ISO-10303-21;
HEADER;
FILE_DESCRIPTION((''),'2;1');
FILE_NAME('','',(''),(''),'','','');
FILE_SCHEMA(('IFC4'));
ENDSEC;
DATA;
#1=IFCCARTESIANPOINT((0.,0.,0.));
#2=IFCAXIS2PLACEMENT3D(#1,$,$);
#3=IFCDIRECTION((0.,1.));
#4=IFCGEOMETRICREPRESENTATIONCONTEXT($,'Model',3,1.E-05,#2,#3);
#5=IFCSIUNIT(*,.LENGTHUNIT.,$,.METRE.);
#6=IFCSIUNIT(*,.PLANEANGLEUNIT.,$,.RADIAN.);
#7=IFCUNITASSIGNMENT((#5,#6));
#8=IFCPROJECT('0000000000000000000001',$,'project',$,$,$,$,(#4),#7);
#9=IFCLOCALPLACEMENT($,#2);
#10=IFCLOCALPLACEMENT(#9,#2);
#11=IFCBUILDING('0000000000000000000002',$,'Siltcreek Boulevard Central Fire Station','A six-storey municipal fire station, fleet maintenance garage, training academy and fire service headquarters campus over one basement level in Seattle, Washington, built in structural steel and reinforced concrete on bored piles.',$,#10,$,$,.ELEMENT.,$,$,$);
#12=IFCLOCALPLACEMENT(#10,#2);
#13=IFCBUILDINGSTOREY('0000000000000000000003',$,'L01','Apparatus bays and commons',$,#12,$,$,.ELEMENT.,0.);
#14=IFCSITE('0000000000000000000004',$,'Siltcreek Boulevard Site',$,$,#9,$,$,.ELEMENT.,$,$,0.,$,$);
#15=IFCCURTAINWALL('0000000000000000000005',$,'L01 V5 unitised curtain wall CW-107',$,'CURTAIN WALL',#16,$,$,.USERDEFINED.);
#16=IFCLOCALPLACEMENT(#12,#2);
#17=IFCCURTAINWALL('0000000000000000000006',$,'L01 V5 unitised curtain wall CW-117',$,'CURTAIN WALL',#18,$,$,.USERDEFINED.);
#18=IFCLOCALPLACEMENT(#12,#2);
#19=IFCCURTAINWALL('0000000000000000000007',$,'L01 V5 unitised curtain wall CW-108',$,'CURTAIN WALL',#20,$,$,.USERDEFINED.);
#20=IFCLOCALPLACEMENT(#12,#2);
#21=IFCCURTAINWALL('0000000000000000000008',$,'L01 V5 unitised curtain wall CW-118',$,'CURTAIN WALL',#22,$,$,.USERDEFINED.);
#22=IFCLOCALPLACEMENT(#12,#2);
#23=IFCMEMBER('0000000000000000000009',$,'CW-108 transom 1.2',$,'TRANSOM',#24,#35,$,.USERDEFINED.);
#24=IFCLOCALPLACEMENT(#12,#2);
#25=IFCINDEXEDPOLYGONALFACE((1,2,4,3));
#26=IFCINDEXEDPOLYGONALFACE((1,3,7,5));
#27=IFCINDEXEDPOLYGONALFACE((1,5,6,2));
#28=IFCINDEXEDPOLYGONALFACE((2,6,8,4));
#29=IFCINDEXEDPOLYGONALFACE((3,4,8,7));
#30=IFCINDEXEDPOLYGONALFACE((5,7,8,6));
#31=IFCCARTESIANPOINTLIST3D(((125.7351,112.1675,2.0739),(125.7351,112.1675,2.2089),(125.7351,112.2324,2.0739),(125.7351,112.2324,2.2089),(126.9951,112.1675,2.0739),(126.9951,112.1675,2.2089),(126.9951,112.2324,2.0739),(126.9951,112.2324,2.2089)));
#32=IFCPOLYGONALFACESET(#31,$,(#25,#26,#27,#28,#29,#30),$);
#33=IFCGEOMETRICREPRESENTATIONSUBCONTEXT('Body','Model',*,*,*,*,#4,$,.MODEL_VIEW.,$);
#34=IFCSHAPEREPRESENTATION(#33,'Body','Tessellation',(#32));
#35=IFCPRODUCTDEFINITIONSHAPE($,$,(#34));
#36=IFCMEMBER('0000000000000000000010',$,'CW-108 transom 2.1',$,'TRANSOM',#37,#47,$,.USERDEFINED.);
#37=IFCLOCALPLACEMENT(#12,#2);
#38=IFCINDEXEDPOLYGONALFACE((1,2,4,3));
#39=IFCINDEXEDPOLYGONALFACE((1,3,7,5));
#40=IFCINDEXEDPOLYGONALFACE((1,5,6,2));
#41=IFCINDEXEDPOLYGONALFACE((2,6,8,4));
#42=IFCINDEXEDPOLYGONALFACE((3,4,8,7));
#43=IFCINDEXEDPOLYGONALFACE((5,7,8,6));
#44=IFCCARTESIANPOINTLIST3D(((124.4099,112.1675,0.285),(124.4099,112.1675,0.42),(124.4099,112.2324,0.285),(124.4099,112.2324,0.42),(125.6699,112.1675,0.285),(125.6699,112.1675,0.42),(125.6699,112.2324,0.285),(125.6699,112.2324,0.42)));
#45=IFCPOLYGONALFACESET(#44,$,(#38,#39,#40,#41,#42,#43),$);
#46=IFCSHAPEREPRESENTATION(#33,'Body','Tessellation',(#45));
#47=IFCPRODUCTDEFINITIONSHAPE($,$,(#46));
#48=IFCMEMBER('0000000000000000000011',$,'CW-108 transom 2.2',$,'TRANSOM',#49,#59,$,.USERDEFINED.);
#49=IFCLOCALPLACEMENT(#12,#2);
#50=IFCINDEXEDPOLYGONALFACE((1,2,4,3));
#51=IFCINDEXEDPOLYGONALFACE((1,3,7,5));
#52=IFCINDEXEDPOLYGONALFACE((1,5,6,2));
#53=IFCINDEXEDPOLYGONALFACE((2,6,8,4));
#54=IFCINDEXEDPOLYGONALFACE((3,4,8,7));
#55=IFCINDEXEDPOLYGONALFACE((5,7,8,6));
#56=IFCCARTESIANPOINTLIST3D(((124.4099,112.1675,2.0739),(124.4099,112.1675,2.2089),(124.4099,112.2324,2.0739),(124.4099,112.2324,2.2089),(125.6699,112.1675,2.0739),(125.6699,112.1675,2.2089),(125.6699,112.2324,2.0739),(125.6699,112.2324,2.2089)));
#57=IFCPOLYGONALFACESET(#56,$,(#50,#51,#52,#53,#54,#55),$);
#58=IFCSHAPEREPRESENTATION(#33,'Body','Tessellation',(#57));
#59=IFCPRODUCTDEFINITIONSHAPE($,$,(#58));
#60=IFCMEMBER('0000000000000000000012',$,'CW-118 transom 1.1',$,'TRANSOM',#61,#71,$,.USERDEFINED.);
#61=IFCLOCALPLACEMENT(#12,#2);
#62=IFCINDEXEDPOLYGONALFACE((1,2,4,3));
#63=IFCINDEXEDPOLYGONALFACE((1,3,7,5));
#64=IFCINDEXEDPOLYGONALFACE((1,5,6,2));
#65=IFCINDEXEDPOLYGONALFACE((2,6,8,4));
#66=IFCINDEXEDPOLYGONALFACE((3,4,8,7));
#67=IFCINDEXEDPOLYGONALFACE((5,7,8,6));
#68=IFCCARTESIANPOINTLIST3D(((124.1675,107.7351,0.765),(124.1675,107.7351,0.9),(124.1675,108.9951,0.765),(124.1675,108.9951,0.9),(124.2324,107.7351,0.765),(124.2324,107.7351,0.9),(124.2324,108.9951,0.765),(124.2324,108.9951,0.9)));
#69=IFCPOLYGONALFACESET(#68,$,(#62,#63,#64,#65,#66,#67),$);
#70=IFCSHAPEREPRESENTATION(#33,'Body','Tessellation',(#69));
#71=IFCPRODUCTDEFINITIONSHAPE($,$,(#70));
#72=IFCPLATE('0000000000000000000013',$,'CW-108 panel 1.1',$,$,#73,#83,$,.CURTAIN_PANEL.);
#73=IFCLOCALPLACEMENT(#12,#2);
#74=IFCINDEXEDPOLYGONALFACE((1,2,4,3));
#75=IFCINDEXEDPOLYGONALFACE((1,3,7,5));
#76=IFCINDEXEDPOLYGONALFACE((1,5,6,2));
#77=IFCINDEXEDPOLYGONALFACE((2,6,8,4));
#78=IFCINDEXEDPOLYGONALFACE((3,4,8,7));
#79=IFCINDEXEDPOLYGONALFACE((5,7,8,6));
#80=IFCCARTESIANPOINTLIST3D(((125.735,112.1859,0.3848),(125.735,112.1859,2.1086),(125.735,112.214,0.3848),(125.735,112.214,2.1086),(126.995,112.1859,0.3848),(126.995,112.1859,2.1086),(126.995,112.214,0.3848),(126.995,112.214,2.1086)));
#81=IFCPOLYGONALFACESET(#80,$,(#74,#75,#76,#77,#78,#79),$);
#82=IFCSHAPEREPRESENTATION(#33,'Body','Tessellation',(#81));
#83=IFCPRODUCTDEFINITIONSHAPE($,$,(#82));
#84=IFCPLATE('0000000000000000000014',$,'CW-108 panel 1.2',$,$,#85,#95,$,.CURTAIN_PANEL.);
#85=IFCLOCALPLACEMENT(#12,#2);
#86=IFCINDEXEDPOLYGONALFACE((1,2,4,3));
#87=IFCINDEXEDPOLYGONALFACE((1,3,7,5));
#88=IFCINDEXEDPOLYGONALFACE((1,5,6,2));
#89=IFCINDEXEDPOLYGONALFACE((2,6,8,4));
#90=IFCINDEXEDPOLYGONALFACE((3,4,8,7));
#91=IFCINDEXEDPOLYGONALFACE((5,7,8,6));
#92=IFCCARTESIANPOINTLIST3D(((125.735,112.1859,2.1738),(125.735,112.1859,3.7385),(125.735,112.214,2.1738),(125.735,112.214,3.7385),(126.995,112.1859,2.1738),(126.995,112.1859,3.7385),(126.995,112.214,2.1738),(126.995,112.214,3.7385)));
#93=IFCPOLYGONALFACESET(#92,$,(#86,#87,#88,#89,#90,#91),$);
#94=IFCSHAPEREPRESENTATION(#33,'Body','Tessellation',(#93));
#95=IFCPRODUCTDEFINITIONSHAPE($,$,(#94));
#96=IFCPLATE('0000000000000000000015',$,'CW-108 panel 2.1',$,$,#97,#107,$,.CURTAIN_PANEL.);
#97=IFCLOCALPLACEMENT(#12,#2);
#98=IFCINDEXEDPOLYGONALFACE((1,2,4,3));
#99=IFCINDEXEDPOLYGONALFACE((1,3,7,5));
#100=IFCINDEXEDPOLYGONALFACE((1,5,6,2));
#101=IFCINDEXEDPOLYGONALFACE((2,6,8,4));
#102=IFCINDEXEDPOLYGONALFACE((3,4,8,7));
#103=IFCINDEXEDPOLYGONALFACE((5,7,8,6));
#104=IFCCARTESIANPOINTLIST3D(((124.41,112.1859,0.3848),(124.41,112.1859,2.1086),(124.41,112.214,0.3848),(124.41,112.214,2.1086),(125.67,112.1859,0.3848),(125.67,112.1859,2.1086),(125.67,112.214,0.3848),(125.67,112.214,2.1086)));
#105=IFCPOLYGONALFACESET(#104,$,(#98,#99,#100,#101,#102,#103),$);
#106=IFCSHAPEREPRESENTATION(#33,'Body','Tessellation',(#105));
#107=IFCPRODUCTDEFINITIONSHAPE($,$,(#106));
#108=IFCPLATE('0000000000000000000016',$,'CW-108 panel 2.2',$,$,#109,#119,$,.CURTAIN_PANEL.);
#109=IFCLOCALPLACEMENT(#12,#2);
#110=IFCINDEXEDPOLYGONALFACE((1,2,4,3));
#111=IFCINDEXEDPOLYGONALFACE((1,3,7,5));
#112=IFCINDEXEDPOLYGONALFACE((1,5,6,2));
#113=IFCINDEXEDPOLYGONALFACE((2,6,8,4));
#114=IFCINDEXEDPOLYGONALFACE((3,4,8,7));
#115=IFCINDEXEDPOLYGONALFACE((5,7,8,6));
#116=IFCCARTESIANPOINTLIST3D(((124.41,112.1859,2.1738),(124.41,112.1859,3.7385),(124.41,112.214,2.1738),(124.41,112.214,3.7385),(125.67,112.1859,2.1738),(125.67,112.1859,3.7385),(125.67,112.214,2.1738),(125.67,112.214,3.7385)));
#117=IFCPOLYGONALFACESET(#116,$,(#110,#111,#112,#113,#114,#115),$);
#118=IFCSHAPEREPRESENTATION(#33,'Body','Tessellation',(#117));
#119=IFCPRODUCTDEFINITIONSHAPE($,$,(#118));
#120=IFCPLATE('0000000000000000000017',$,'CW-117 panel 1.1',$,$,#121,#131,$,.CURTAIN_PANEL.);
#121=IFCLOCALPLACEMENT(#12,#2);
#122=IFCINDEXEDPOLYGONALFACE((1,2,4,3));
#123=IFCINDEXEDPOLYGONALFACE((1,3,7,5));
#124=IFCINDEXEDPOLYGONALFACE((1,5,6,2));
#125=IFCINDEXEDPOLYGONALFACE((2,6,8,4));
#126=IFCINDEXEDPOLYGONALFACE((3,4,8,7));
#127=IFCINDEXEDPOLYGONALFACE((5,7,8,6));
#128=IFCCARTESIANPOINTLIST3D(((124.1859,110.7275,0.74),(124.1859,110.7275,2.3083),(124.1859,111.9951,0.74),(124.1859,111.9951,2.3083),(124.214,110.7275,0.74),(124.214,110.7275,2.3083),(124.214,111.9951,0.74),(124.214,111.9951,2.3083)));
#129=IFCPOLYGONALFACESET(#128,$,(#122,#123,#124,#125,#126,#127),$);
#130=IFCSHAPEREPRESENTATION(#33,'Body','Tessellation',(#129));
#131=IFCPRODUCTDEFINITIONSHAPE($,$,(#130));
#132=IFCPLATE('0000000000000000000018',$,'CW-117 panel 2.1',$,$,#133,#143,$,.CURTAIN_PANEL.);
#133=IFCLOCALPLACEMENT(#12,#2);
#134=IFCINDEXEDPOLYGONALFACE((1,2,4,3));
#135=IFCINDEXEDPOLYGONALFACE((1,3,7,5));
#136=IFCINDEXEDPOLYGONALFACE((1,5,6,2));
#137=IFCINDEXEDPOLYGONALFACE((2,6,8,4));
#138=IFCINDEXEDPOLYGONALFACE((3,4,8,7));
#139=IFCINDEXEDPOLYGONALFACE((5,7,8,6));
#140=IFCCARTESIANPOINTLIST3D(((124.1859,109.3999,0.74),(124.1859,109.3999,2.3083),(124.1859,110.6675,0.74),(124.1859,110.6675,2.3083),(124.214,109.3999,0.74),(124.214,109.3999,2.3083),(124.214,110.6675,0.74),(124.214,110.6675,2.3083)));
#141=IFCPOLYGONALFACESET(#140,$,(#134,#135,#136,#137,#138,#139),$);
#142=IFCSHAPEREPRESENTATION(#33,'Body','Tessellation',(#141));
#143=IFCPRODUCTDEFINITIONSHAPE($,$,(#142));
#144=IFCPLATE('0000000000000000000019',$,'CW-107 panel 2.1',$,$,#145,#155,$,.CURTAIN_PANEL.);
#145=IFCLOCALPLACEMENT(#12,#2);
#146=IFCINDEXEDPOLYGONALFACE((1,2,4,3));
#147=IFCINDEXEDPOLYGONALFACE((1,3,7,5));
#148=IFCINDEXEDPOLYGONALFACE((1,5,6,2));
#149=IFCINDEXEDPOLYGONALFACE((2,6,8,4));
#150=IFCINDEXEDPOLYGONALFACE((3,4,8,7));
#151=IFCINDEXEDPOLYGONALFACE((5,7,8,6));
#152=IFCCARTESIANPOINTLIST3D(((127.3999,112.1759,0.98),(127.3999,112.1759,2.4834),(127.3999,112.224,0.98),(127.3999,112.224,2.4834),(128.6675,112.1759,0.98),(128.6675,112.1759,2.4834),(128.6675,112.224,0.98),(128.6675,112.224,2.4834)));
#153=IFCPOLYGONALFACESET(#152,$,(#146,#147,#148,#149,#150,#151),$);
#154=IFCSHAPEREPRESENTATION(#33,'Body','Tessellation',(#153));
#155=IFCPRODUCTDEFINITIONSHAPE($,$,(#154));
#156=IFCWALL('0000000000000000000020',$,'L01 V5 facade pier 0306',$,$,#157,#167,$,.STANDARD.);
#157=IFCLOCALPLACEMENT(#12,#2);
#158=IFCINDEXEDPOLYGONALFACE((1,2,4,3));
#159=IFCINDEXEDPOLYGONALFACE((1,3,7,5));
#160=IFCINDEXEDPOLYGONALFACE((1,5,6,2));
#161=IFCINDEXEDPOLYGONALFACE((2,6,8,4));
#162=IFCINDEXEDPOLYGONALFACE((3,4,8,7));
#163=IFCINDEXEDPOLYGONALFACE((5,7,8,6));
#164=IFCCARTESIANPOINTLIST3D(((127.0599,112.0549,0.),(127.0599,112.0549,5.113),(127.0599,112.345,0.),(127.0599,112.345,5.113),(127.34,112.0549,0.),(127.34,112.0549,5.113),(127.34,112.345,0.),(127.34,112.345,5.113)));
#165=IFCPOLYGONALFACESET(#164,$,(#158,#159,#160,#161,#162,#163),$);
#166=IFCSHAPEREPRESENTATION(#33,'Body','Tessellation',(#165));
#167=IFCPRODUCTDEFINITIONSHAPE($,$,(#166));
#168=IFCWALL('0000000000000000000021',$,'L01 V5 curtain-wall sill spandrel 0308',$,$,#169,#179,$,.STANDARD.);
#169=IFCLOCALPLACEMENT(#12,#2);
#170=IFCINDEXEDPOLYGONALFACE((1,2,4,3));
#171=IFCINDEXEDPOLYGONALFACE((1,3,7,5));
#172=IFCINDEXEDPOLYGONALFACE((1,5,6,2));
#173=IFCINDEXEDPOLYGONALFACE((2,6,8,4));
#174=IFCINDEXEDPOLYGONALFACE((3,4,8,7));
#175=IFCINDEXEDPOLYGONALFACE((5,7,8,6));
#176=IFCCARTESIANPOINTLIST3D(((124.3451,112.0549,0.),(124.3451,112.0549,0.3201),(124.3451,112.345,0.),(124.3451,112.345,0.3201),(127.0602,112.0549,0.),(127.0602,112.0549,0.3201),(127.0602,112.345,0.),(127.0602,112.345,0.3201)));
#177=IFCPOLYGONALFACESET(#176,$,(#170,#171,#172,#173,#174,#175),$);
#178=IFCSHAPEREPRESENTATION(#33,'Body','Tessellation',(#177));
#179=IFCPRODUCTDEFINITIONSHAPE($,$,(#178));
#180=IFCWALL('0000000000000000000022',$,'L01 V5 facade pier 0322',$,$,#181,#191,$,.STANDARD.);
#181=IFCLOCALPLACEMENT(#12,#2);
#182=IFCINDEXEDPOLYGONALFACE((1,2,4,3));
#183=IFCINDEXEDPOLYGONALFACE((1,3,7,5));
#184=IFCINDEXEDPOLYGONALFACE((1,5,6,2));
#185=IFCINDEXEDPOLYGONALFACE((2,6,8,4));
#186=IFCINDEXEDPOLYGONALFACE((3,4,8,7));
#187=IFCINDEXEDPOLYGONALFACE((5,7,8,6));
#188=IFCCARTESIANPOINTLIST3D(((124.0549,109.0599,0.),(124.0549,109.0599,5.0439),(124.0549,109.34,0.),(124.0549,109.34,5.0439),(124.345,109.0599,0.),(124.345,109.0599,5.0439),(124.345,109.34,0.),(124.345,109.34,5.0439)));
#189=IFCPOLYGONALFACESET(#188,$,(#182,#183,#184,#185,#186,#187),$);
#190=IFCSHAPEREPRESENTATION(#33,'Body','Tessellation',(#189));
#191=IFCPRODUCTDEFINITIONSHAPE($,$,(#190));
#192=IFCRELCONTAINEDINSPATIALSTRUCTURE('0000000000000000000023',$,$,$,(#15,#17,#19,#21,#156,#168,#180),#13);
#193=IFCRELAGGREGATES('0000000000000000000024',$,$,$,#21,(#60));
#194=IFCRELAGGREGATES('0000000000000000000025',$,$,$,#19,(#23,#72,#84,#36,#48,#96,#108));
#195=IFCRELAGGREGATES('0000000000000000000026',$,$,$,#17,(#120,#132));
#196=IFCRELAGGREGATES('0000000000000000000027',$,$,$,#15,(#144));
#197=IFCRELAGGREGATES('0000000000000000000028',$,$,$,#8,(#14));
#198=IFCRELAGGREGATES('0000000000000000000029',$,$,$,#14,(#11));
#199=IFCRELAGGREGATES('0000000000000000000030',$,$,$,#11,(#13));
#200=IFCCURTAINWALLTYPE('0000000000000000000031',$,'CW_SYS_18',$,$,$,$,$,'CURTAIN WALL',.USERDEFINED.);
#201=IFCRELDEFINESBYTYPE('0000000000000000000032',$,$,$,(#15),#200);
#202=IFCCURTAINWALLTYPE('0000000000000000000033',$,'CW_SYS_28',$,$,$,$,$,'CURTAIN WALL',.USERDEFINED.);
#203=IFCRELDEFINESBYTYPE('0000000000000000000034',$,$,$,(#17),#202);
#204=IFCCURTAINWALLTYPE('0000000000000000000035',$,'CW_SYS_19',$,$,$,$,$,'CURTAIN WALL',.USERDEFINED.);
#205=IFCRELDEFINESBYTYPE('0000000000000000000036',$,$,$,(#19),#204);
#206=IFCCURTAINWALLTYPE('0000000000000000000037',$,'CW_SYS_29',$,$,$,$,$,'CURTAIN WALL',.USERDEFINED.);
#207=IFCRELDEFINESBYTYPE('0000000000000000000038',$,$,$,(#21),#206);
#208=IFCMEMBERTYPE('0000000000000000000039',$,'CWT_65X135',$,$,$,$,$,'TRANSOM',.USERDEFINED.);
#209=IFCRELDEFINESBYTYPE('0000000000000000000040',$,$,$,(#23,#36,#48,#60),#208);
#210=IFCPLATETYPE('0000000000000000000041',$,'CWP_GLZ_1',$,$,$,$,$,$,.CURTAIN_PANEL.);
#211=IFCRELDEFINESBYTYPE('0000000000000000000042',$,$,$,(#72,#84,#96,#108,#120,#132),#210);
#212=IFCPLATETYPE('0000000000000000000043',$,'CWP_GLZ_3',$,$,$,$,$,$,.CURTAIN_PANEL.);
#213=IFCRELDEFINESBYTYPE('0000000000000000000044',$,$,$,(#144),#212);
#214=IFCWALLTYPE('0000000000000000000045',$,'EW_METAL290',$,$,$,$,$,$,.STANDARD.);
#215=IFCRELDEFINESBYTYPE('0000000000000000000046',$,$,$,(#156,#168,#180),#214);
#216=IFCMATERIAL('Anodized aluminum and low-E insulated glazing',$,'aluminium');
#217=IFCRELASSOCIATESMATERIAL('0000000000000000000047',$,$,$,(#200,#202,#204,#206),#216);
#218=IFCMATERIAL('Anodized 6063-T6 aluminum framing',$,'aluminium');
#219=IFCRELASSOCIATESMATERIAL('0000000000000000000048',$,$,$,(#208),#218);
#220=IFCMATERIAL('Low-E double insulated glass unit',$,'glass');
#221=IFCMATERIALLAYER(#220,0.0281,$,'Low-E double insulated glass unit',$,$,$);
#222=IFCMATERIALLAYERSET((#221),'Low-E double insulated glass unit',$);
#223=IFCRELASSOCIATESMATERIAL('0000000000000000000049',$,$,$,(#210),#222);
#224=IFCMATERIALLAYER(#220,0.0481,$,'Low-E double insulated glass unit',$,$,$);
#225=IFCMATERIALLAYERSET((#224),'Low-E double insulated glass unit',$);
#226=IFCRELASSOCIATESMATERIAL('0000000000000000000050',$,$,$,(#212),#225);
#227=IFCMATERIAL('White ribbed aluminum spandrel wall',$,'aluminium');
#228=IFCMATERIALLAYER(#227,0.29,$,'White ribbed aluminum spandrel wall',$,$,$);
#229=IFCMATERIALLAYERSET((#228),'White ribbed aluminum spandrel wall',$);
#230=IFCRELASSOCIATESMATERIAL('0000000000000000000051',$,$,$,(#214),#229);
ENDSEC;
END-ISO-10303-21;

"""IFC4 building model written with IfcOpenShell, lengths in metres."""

from ifc_helpers import new_model, si_unit, direction, frame, frame_2d, origin, origin_2d, place, context, subcontext, project, spatial, rectangle, extrude, material, layer, layer_set, material_profile, profile_set, type_object, element, aggregate, save


model = new_model("IFC4")

# Units and contexts
model_context = context("Model", 3, precision=1e-05, world=origin(), true_north=direction((0.0, 1.0)))
body_context = subcontext(model_context, "Body", "Model", "MODEL_VIEW")
ifc_project = project(units=[si_unit("LENGTHUNIT", "METRE"), si_unit("PLANEANGLEUNIT", "RADIAN")], contexts=[model_context])

# Site, building, storey
site_placement = place(None, origin())
site = spatial("IfcSite", under=ifc_project, at=site_placement, Name="Siltcreek Boulevard Site", CompositionType="ELEMENT", RefElevation=0.0)
building_placement = place(site_placement, origin())
building = spatial("IfcBuilding", under=site, at=building_placement, Name="Siltcreek Boulevard Central Fire Station", Description="A six-storey municipal fire station, fleet maintenance garage, training academy and fire service headquarters campus over one basement level in Seattle, Washington, built in structural steel and reinforced concrete on bored piles.", CompositionType="ELEMENT")
storey_placement = place(building_placement, origin())
storey = spatial("IfcBuildingStorey", under=building, at=storey_placement, Name="L01", Description="Apparatus bays and commons", CompositionType="ELEMENT", Elevation=0.0)

# Curtain wall
ifc_material_1 = material(Name="Anodized aluminum and low-E insulated glazing", Category="aluminium")
curtain_wall_type_1 = type_object("IfcCurtainWallType", Name="CW_SYS_18", ElementType="CURTAIN WALL", PredefinedType="USERDEFINED", material=ifc_material_1)
curtain_wall_1_placement = place(storey_placement, origin())
curtain_wall_1 = element("IfcCurtainWall", 1, at=curtain_wall_1_placement, inside=storey, type_object=curtain_wall_type_1, Name="L01 V5 unitised curtain wall CW-107", ObjectType="CURTAIN WALL", PredefinedType="USERDEFINED")
ifc_material_2 = material(Name="Anodized 6063-T6 aluminum framing", Category="aluminium")

# Curtain walls
curtain_wall_type_2 = type_object("IfcCurtainWallType", Name="CW_SYS_28", ElementType="CURTAIN WALL", PredefinedType="USERDEFINED", material=ifc_material_1)
curtain_wall_2_placement = place(storey_placement, origin())
curtain_wall_2 = element("IfcCurtainWall", 2, at=curtain_wall_2_placement, inside=storey, type_object=curtain_wall_type_2, Name="L01 V5 unitised curtain wall CW-117", ObjectType="CURTAIN WALL", PredefinedType="USERDEFINED")
curtain_wall_type_3 = type_object("IfcCurtainWallType", Name="CW_SYS_19", ElementType="CURTAIN WALL", PredefinedType="USERDEFINED", material=ifc_material_1)
curtain_wall_3_placement = place(storey_placement, origin())
curtain_wall_3 = element("IfcCurtainWall", 3, at=curtain_wall_3_placement, inside=storey, type_object=curtain_wall_type_3, Name="L01 V5 unitised curtain wall CW-108", ObjectType="CURTAIN WALL", PredefinedType="USERDEFINED")

# Curtain wall
curtain_wall_type_4 = type_object("IfcCurtainWallType", Name="CW_SYS_29", ElementType="CURTAIN WALL", PredefinedType="USERDEFINED", material=ifc_material_1)
curtain_wall_4_placement = place(storey_placement, origin())
curtain_wall_4 = element("IfcCurtainWall", 4, at=curtain_wall_4_placement, inside=storey, type_object=curtain_wall_type_4, Name="L01 V5 unitised curtain wall CW-118", ObjectType="CURTAIN WALL", PredefinedType="USERDEFINED")

# Members
ifc_material_profile_1 = material_profile(ifc_material_2, rectangle(XDim=0.0649, YDim=0.135, at=origin_2d()), Name="TRAN65X135")
ifc_profile_set_1 = profile_set([ifc_material_profile_1], Name="Anodized 6063-T6 aluminum framing")
member_type_1 = type_object("IfcMemberType", Name="CWT_65X135", ElementType="TRANSOM", PredefinedType="USERDEFINED", material=ifc_profile_set_1)
member_1_placement = place(storey_placement, frame((126.9951, 112.2, 2.1414), z_axis=(-1.0, 0.0, 0.0), x_axis=(0.0, -1.0, 0.0)))
member_1 = element("IfcMember", 5, at=member_1_placement, type_object=member_type_1, Name="CW-108 transom 1.2", ObjectType="TRANSOM", PredefinedType="USERDEFINED", context=body_context, shape_type="SweptSolid", body=[
    extrude(rectangle(XDim=0.0649, YDim=0.135, at=origin_2d()), origin(), (0.0, 0.0, 1.0), 1.26),
])
member_2_placement = place(storey_placement, frame((125.6699, 112.2, 0.3525), z_axis=(-1.0, 0.0, 0.0), x_axis=(0.0, -1.0, 0.0)))
member_2 = element("IfcMember", 6, at=member_2_placement, type_object=member_type_1, Name="CW-108 transom 2.1", ObjectType="TRANSOM", PredefinedType="USERDEFINED", context=body_context, shape_type="SweptSolid", body=[
    extrude(rectangle(XDim=0.0649, YDim=0.135, at=origin_2d()), origin(), (0.0, 0.0, 1.0), 1.26),
])
member_3_placement = place(storey_placement, frame((125.6699, 112.2, 2.1414), z_axis=(-1.0, 0.0, 0.0), x_axis=(0.0, -1.0, 0.0)))
member_3 = element("IfcMember", 7, at=member_3_placement, type_object=member_type_1, Name="CW-108 transom 2.2", ObjectType="TRANSOM", PredefinedType="USERDEFINED", context=body_context, shape_type="SweptSolid", body=[
    extrude(rectangle(XDim=0.0649, YDim=0.135, at=origin_2d()), origin(), (0.0, 0.0, 1.0), 1.26),
])
member_4_placement = place(storey_placement, frame((124.2, 108.9951, 0.8325), z_axis=(0.0, -1.0, 0.0), x_axis=(1.0, 0.0, 0.0)))
member_4 = element("IfcMember", 8, at=member_4_placement, type_object=member_type_1, Name="CW-118 transom 1.1", ObjectType="TRANSOM", PredefinedType="USERDEFINED", context=body_context, shape_type="SweptSolid", body=[
    extrude(rectangle(XDim=0.0649, YDim=0.135, at=origin_2d()), origin(), (0.0, 0.0, 1.0), 1.26),
])
aggregate(curtain_wall_4, [member_4])

# Plates
ifc_material_3 = material(Name="Low-E double insulated glass unit", Category="glass")
ifc_layer_1 = layer(ifc_material_3, 0.0281, Name="Low-E double insulated glass unit")
ifc_layer_set_1 = layer_set([ifc_layer_1], Name="Low-E double insulated glass unit")
plate_type_1 = type_object("IfcPlateType", Name="CWP_GLZ_1", PredefinedType="CURTAIN_PANEL", material=ifc_layer_set_1)
plate_1_placement = place(storey_placement, frame((126.365, 112.2, 0.3848), z_axis=(0.0, 0.0, 1.0), x_axis=(-1.0, 0.0, 0.0)))
plate_1 = element("IfcPlate", 9, at=plate_1_placement, type_object=plate_type_1, Name="CW-108 panel 1.1", PredefinedType="CURTAIN_PANEL", context=body_context, shape_type="SweptSolid", body=[
    extrude(rectangle(XDim=1.26, YDim=0.0281, at=origin_2d()), origin(), (0.0, 0.0, 1.0), 1.7239),
])
plate_2_placement = place(storey_placement, frame((126.365, 112.2, 2.1738), z_axis=(0.0, 0.0, 1.0), x_axis=(-1.0, 0.0, 0.0)))
plate_2 = element("IfcPlate", 10, at=plate_2_placement, type_object=plate_type_1, Name="CW-108 panel 1.2", PredefinedType="CURTAIN_PANEL", context=body_context, shape_type="SweptSolid", body=[
    extrude(rectangle(XDim=1.26, YDim=0.0281, at=origin_2d()), origin(), (0.0, 0.0, 1.0), 1.5647),
])
plate_3_placement = place(storey_placement, frame((125.04, 112.2, 0.3848), z_axis=(0.0, 0.0, 1.0), x_axis=(-1.0, 0.0, 0.0)))
plate_3 = element("IfcPlate", 11, at=plate_3_placement, type_object=plate_type_1, Name="CW-108 panel 2.1", PredefinedType="CURTAIN_PANEL", context=body_context, shape_type="SweptSolid", body=[
    extrude(rectangle(XDim=1.26, YDim=0.0281, at=origin_2d()), origin(), (0.0, 0.0, 1.0), 1.7239),
])
plate_4_placement = place(storey_placement, frame((125.04, 112.2, 2.1738), z_axis=(0.0, 0.0, 1.0), x_axis=(-1.0, 0.0, 0.0)))
plate_4 = element("IfcPlate", 12, at=plate_4_placement, type_object=plate_type_1, Name="CW-108 panel 2.2", PredefinedType="CURTAIN_PANEL", context=body_context, shape_type="SweptSolid", body=[
    extrude(rectangle(XDim=1.26, YDim=0.0281, at=origin_2d()), origin(), (0.0, 0.0, 1.0), 1.5647),
])
aggregate(curtain_wall_3, [member_1, plate_1, plate_2, member_2, member_3, plate_3, plate_4])
plate_5_placement = place(storey_placement, frame((124.2, 111.3613, 0.74), z_axis=(0.0, 0.0, 1.0), x_axis=(0.0, -1.0, 0.0)))
plate_5 = element("IfcPlate", 13, at=plate_5_placement, type_object=plate_type_1, Name="CW-117 panel 1.1", PredefinedType="CURTAIN_PANEL", context=body_context, shape_type="SweptSolid", body=[
    extrude(rectangle(XDim=1.2676, YDim=0.0281, at=origin_2d()), origin(), (0.0, 0.0, 1.0), 1.5684),
])
plate_6_placement = place(storey_placement, frame((124.2, 110.0337, 0.74), z_axis=(0.0, 0.0, 1.0), x_axis=(0.0, -1.0, 0.0)))
plate_6 = element("IfcPlate", 14, at=plate_6_placement, type_object=plate_type_1, Name="CW-117 panel 2.1", PredefinedType="CURTAIN_PANEL", context=body_context, shape_type="SweptSolid", body=[
    extrude(rectangle(XDim=1.2676, YDim=0.0281, at=origin_2d()), origin(), (0.0, 0.0, 1.0), 1.5684),
])
aggregate(curtain_wall_2, [plate_5, plate_6])
ifc_layer_2 = layer(ifc_material_3, 0.0481, Name="Low-E double insulated glass unit")
ifc_layer_set_2 = layer_set([ifc_layer_2], Name="Low-E double insulated glass unit")
plate_type_2 = type_object("IfcPlateType", Name="CWP_GLZ_3", PredefinedType="CURTAIN_PANEL", material=ifc_layer_set_2)
plate_7_placement = place(storey_placement, frame((128.0337, 112.2, 0.98), z_axis=(0.0, 0.0, 1.0), x_axis=(-1.0, 0.0, 0.0)))
plate_7 = element("IfcPlate", 15, at=plate_7_placement, type_object=plate_type_2, Name="CW-107 panel 2.1", PredefinedType="CURTAIN_PANEL", context=body_context, shape_type="SweptSolid", body=[
    extrude(rectangle(XDim=1.2676, YDim=0.0481, at=origin_2d()), origin(), (0.0, 0.0, 1.0), 1.5034),
])
aggregate(curtain_wall_1, [plate_7])

# Walls
ifc_material_4 = material(Name="White ribbed aluminum spandrel wall", Category="aluminium")
ifc_layer_3 = layer(ifc_material_4, 0.29, Name="White ribbed aluminum spandrel wall")
ifc_layer_set_3 = layer_set([ifc_layer_3], Name="White ribbed aluminum spandrel wall")
wall_type = type_object("IfcWallType", Name="EW_METAL290", PredefinedType="STANDARD", material=ifc_layer_set_3)
wall_1_placement = place(storey_placement, frame((127.3401, 112.2, 0.0), z_axis=(0.0, 0.0, 1.0), x_axis=(-1.0, 0.0, 0.0)))
element("IfcWall", 16, at=wall_1_placement, inside=storey, type_object=wall_type, Name="L01 V5 facade pier 0306", PredefinedType="STANDARD", context=body_context, shape_type="SweptSolid", body=[
    extrude(rectangle(XDim=0.28, YDim=0.29, at=frame_2d((0.1401, 0.0))), origin(), (0.0, 0.0, 1.0), 5.113),
])
wall_2_placement = place(storey_placement, frame((127.0601, 112.2, 0.0), z_axis=(0.0, 0.0, 1.0), x_axis=(-1.0, 0.0, 0.0)))
element("IfcWall", 17, at=wall_2_placement, inside=storey, type_object=wall_type, Name="L01 V5 curtain-wall sill spandrel 0308", PredefinedType="STANDARD", context=body_context, shape_type="SweptSolid", body=[
    extrude(rectangle(XDim=2.7151, YDim=0.29, at=frame_2d((1.3574, 0.0))), origin(), (0.0, 0.0, 1.0), 0.3201),
])
wall_3_placement = place(storey_placement, frame((124.2, 109.3401, 0.0), z_axis=(0.0, 0.0, 1.0), x_axis=(0.0, -1.0, 0.0)))
element("IfcWall", 18, at=wall_3_placement, inside=storey, type_object=wall_type, Name="L01 V5 facade pier 0322", PredefinedType="STANDARD", context=body_context, shape_type="SweptSolid", body=[
    extrude(rectangle(XDim=0.28, YDim=0.29, at=frame_2d((0.1401, 0.0))), origin(), (0.0, 0.0, 1.0), 5.0439),
])

save(model, "model.ifc")
